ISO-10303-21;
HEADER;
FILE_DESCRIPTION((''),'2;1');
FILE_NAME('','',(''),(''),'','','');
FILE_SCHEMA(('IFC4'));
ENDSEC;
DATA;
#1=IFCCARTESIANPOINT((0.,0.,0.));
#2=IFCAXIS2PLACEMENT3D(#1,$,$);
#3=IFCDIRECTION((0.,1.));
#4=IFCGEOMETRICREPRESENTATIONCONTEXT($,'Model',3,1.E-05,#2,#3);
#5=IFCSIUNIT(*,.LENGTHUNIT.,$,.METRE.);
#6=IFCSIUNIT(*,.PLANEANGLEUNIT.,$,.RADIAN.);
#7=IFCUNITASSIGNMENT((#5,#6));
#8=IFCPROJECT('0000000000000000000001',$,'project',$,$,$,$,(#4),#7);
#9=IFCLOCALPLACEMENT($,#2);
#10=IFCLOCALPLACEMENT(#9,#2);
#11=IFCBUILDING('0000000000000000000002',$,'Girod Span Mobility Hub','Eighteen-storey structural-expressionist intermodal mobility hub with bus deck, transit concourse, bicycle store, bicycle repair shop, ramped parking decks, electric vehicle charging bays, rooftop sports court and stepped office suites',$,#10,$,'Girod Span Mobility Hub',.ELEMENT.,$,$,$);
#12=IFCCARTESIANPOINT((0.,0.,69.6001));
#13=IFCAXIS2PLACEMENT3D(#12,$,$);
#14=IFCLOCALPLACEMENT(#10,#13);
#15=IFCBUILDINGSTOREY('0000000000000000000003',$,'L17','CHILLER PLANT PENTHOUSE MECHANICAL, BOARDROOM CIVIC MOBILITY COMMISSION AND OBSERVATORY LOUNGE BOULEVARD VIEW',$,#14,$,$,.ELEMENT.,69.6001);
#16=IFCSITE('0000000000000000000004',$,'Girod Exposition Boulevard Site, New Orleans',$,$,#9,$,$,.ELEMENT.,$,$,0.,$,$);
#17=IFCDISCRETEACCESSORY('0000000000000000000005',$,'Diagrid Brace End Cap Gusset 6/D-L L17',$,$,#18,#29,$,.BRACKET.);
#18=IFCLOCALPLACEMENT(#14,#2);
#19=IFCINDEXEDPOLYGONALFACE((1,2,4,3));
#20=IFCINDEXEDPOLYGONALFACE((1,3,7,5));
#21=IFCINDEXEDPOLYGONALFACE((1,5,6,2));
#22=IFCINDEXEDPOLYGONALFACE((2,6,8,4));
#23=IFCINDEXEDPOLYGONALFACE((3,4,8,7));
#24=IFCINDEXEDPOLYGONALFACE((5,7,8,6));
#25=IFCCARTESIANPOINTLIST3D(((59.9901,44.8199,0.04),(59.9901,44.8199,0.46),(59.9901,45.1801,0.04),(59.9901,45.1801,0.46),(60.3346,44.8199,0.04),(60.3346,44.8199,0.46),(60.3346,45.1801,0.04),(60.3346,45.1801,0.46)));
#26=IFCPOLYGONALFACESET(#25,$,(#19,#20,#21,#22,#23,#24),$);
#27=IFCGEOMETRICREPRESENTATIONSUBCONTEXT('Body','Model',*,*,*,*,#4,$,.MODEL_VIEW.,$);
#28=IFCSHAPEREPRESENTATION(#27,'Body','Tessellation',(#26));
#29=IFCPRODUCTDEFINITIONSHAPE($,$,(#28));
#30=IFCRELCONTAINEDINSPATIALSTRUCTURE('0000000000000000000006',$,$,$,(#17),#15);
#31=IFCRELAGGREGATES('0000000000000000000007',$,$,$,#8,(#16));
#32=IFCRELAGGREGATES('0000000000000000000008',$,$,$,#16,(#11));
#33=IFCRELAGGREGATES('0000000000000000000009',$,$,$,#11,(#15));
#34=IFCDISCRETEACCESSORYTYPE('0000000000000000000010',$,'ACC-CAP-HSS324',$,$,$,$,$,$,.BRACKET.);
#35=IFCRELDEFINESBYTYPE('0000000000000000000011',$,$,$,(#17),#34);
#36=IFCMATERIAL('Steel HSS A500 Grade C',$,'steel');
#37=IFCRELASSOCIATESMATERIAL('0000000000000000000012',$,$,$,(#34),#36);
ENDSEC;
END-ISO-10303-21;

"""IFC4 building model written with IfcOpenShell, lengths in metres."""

from ifc_helpers import new_model, si_unit, direction, frame, origin, origin_2d, place, context, subcontext, project, spatial, rectangle, extrude, material, type_object, element, save


model = new_model("IFC4")

# Units and contexts
model_context = context("Model", 3, precision=1e-05, world=origin(), true_north=direction((0.0, 1.0)))
body_context = subcontext(model_context, "Body", "Model", "MODEL_VIEW")
ifc_project = project(units=[si_unit("LENGTHUNIT", "METRE"), si_unit("PLANEANGLEUNIT", "RADIAN")], contexts=[model_context])

# Site, building, storey
site_placement = place(None, origin())
site = spatial("IfcSite", under=ifc_project, at=site_placement, Name="Girod Exposition Boulevard Site, New Orleans", CompositionType="ELEMENT", RefElevation=0.0)
building_placement = place(site_placement, origin())
building = spatial("IfcBuilding", under=site, at=building_placement, Name="Girod Span Mobility Hub", Description="Eighteen-storey structural-expressionist intermodal mobility hub with bus deck, transit concourse, bicycle store, bicycle repair shop, ramped parking decks, electric vehicle charging bays, rooftop sports court and stepped office suites", LongName="Girod Span Mobility Hub", CompositionType="ELEMENT")
storey_placement = place(building_placement, frame((0.0, 0.0, 69.6001)))
storey = spatial("IfcBuildingStorey", under=building, at=storey_placement, Name="L17", Description="CHILLER PLANT PENTHOUSE MECHANICAL, BOARDROOM CIVIC MOBILITY COMMISSION AND OBSERVATORY LOUNGE BOULEVARD VIEW", CompositionType="ELEMENT", Elevation=69.6001)

# Discrete accessory
ifc_material_1 = material(Name="Steel HSS A500 Grade C", Category="steel")
discrete_accessory_type = type_object("IfcDiscreteAccessoryType", Name="ACC-CAP-HSS324", PredefinedType="BRACKET", material=ifc_material_1)
discrete_accessory_placement = place(storey_placement, frame((60.1624, 45.0, 0.04), z_axis=(0.0, 0.0, 1.0), x_axis=(1.0, 0.0, 0.0)))
element("IfcDiscreteAccessory", 1, at=discrete_accessory_placement, inside=storey, type_object=discrete_accessory_type, Name="Diagrid Brace End Cap Gusset 6/D-L L17", PredefinedType="BRACKET", context=body_context, shape_type="SweptSolid", body=[
    extrude(rectangle(XDim=0.3445, YDim=0.3601, at=origin_2d()), origin(), (0.0, 0.0, 1.0), 0.4199),
])

save(model, "model.ifc")
